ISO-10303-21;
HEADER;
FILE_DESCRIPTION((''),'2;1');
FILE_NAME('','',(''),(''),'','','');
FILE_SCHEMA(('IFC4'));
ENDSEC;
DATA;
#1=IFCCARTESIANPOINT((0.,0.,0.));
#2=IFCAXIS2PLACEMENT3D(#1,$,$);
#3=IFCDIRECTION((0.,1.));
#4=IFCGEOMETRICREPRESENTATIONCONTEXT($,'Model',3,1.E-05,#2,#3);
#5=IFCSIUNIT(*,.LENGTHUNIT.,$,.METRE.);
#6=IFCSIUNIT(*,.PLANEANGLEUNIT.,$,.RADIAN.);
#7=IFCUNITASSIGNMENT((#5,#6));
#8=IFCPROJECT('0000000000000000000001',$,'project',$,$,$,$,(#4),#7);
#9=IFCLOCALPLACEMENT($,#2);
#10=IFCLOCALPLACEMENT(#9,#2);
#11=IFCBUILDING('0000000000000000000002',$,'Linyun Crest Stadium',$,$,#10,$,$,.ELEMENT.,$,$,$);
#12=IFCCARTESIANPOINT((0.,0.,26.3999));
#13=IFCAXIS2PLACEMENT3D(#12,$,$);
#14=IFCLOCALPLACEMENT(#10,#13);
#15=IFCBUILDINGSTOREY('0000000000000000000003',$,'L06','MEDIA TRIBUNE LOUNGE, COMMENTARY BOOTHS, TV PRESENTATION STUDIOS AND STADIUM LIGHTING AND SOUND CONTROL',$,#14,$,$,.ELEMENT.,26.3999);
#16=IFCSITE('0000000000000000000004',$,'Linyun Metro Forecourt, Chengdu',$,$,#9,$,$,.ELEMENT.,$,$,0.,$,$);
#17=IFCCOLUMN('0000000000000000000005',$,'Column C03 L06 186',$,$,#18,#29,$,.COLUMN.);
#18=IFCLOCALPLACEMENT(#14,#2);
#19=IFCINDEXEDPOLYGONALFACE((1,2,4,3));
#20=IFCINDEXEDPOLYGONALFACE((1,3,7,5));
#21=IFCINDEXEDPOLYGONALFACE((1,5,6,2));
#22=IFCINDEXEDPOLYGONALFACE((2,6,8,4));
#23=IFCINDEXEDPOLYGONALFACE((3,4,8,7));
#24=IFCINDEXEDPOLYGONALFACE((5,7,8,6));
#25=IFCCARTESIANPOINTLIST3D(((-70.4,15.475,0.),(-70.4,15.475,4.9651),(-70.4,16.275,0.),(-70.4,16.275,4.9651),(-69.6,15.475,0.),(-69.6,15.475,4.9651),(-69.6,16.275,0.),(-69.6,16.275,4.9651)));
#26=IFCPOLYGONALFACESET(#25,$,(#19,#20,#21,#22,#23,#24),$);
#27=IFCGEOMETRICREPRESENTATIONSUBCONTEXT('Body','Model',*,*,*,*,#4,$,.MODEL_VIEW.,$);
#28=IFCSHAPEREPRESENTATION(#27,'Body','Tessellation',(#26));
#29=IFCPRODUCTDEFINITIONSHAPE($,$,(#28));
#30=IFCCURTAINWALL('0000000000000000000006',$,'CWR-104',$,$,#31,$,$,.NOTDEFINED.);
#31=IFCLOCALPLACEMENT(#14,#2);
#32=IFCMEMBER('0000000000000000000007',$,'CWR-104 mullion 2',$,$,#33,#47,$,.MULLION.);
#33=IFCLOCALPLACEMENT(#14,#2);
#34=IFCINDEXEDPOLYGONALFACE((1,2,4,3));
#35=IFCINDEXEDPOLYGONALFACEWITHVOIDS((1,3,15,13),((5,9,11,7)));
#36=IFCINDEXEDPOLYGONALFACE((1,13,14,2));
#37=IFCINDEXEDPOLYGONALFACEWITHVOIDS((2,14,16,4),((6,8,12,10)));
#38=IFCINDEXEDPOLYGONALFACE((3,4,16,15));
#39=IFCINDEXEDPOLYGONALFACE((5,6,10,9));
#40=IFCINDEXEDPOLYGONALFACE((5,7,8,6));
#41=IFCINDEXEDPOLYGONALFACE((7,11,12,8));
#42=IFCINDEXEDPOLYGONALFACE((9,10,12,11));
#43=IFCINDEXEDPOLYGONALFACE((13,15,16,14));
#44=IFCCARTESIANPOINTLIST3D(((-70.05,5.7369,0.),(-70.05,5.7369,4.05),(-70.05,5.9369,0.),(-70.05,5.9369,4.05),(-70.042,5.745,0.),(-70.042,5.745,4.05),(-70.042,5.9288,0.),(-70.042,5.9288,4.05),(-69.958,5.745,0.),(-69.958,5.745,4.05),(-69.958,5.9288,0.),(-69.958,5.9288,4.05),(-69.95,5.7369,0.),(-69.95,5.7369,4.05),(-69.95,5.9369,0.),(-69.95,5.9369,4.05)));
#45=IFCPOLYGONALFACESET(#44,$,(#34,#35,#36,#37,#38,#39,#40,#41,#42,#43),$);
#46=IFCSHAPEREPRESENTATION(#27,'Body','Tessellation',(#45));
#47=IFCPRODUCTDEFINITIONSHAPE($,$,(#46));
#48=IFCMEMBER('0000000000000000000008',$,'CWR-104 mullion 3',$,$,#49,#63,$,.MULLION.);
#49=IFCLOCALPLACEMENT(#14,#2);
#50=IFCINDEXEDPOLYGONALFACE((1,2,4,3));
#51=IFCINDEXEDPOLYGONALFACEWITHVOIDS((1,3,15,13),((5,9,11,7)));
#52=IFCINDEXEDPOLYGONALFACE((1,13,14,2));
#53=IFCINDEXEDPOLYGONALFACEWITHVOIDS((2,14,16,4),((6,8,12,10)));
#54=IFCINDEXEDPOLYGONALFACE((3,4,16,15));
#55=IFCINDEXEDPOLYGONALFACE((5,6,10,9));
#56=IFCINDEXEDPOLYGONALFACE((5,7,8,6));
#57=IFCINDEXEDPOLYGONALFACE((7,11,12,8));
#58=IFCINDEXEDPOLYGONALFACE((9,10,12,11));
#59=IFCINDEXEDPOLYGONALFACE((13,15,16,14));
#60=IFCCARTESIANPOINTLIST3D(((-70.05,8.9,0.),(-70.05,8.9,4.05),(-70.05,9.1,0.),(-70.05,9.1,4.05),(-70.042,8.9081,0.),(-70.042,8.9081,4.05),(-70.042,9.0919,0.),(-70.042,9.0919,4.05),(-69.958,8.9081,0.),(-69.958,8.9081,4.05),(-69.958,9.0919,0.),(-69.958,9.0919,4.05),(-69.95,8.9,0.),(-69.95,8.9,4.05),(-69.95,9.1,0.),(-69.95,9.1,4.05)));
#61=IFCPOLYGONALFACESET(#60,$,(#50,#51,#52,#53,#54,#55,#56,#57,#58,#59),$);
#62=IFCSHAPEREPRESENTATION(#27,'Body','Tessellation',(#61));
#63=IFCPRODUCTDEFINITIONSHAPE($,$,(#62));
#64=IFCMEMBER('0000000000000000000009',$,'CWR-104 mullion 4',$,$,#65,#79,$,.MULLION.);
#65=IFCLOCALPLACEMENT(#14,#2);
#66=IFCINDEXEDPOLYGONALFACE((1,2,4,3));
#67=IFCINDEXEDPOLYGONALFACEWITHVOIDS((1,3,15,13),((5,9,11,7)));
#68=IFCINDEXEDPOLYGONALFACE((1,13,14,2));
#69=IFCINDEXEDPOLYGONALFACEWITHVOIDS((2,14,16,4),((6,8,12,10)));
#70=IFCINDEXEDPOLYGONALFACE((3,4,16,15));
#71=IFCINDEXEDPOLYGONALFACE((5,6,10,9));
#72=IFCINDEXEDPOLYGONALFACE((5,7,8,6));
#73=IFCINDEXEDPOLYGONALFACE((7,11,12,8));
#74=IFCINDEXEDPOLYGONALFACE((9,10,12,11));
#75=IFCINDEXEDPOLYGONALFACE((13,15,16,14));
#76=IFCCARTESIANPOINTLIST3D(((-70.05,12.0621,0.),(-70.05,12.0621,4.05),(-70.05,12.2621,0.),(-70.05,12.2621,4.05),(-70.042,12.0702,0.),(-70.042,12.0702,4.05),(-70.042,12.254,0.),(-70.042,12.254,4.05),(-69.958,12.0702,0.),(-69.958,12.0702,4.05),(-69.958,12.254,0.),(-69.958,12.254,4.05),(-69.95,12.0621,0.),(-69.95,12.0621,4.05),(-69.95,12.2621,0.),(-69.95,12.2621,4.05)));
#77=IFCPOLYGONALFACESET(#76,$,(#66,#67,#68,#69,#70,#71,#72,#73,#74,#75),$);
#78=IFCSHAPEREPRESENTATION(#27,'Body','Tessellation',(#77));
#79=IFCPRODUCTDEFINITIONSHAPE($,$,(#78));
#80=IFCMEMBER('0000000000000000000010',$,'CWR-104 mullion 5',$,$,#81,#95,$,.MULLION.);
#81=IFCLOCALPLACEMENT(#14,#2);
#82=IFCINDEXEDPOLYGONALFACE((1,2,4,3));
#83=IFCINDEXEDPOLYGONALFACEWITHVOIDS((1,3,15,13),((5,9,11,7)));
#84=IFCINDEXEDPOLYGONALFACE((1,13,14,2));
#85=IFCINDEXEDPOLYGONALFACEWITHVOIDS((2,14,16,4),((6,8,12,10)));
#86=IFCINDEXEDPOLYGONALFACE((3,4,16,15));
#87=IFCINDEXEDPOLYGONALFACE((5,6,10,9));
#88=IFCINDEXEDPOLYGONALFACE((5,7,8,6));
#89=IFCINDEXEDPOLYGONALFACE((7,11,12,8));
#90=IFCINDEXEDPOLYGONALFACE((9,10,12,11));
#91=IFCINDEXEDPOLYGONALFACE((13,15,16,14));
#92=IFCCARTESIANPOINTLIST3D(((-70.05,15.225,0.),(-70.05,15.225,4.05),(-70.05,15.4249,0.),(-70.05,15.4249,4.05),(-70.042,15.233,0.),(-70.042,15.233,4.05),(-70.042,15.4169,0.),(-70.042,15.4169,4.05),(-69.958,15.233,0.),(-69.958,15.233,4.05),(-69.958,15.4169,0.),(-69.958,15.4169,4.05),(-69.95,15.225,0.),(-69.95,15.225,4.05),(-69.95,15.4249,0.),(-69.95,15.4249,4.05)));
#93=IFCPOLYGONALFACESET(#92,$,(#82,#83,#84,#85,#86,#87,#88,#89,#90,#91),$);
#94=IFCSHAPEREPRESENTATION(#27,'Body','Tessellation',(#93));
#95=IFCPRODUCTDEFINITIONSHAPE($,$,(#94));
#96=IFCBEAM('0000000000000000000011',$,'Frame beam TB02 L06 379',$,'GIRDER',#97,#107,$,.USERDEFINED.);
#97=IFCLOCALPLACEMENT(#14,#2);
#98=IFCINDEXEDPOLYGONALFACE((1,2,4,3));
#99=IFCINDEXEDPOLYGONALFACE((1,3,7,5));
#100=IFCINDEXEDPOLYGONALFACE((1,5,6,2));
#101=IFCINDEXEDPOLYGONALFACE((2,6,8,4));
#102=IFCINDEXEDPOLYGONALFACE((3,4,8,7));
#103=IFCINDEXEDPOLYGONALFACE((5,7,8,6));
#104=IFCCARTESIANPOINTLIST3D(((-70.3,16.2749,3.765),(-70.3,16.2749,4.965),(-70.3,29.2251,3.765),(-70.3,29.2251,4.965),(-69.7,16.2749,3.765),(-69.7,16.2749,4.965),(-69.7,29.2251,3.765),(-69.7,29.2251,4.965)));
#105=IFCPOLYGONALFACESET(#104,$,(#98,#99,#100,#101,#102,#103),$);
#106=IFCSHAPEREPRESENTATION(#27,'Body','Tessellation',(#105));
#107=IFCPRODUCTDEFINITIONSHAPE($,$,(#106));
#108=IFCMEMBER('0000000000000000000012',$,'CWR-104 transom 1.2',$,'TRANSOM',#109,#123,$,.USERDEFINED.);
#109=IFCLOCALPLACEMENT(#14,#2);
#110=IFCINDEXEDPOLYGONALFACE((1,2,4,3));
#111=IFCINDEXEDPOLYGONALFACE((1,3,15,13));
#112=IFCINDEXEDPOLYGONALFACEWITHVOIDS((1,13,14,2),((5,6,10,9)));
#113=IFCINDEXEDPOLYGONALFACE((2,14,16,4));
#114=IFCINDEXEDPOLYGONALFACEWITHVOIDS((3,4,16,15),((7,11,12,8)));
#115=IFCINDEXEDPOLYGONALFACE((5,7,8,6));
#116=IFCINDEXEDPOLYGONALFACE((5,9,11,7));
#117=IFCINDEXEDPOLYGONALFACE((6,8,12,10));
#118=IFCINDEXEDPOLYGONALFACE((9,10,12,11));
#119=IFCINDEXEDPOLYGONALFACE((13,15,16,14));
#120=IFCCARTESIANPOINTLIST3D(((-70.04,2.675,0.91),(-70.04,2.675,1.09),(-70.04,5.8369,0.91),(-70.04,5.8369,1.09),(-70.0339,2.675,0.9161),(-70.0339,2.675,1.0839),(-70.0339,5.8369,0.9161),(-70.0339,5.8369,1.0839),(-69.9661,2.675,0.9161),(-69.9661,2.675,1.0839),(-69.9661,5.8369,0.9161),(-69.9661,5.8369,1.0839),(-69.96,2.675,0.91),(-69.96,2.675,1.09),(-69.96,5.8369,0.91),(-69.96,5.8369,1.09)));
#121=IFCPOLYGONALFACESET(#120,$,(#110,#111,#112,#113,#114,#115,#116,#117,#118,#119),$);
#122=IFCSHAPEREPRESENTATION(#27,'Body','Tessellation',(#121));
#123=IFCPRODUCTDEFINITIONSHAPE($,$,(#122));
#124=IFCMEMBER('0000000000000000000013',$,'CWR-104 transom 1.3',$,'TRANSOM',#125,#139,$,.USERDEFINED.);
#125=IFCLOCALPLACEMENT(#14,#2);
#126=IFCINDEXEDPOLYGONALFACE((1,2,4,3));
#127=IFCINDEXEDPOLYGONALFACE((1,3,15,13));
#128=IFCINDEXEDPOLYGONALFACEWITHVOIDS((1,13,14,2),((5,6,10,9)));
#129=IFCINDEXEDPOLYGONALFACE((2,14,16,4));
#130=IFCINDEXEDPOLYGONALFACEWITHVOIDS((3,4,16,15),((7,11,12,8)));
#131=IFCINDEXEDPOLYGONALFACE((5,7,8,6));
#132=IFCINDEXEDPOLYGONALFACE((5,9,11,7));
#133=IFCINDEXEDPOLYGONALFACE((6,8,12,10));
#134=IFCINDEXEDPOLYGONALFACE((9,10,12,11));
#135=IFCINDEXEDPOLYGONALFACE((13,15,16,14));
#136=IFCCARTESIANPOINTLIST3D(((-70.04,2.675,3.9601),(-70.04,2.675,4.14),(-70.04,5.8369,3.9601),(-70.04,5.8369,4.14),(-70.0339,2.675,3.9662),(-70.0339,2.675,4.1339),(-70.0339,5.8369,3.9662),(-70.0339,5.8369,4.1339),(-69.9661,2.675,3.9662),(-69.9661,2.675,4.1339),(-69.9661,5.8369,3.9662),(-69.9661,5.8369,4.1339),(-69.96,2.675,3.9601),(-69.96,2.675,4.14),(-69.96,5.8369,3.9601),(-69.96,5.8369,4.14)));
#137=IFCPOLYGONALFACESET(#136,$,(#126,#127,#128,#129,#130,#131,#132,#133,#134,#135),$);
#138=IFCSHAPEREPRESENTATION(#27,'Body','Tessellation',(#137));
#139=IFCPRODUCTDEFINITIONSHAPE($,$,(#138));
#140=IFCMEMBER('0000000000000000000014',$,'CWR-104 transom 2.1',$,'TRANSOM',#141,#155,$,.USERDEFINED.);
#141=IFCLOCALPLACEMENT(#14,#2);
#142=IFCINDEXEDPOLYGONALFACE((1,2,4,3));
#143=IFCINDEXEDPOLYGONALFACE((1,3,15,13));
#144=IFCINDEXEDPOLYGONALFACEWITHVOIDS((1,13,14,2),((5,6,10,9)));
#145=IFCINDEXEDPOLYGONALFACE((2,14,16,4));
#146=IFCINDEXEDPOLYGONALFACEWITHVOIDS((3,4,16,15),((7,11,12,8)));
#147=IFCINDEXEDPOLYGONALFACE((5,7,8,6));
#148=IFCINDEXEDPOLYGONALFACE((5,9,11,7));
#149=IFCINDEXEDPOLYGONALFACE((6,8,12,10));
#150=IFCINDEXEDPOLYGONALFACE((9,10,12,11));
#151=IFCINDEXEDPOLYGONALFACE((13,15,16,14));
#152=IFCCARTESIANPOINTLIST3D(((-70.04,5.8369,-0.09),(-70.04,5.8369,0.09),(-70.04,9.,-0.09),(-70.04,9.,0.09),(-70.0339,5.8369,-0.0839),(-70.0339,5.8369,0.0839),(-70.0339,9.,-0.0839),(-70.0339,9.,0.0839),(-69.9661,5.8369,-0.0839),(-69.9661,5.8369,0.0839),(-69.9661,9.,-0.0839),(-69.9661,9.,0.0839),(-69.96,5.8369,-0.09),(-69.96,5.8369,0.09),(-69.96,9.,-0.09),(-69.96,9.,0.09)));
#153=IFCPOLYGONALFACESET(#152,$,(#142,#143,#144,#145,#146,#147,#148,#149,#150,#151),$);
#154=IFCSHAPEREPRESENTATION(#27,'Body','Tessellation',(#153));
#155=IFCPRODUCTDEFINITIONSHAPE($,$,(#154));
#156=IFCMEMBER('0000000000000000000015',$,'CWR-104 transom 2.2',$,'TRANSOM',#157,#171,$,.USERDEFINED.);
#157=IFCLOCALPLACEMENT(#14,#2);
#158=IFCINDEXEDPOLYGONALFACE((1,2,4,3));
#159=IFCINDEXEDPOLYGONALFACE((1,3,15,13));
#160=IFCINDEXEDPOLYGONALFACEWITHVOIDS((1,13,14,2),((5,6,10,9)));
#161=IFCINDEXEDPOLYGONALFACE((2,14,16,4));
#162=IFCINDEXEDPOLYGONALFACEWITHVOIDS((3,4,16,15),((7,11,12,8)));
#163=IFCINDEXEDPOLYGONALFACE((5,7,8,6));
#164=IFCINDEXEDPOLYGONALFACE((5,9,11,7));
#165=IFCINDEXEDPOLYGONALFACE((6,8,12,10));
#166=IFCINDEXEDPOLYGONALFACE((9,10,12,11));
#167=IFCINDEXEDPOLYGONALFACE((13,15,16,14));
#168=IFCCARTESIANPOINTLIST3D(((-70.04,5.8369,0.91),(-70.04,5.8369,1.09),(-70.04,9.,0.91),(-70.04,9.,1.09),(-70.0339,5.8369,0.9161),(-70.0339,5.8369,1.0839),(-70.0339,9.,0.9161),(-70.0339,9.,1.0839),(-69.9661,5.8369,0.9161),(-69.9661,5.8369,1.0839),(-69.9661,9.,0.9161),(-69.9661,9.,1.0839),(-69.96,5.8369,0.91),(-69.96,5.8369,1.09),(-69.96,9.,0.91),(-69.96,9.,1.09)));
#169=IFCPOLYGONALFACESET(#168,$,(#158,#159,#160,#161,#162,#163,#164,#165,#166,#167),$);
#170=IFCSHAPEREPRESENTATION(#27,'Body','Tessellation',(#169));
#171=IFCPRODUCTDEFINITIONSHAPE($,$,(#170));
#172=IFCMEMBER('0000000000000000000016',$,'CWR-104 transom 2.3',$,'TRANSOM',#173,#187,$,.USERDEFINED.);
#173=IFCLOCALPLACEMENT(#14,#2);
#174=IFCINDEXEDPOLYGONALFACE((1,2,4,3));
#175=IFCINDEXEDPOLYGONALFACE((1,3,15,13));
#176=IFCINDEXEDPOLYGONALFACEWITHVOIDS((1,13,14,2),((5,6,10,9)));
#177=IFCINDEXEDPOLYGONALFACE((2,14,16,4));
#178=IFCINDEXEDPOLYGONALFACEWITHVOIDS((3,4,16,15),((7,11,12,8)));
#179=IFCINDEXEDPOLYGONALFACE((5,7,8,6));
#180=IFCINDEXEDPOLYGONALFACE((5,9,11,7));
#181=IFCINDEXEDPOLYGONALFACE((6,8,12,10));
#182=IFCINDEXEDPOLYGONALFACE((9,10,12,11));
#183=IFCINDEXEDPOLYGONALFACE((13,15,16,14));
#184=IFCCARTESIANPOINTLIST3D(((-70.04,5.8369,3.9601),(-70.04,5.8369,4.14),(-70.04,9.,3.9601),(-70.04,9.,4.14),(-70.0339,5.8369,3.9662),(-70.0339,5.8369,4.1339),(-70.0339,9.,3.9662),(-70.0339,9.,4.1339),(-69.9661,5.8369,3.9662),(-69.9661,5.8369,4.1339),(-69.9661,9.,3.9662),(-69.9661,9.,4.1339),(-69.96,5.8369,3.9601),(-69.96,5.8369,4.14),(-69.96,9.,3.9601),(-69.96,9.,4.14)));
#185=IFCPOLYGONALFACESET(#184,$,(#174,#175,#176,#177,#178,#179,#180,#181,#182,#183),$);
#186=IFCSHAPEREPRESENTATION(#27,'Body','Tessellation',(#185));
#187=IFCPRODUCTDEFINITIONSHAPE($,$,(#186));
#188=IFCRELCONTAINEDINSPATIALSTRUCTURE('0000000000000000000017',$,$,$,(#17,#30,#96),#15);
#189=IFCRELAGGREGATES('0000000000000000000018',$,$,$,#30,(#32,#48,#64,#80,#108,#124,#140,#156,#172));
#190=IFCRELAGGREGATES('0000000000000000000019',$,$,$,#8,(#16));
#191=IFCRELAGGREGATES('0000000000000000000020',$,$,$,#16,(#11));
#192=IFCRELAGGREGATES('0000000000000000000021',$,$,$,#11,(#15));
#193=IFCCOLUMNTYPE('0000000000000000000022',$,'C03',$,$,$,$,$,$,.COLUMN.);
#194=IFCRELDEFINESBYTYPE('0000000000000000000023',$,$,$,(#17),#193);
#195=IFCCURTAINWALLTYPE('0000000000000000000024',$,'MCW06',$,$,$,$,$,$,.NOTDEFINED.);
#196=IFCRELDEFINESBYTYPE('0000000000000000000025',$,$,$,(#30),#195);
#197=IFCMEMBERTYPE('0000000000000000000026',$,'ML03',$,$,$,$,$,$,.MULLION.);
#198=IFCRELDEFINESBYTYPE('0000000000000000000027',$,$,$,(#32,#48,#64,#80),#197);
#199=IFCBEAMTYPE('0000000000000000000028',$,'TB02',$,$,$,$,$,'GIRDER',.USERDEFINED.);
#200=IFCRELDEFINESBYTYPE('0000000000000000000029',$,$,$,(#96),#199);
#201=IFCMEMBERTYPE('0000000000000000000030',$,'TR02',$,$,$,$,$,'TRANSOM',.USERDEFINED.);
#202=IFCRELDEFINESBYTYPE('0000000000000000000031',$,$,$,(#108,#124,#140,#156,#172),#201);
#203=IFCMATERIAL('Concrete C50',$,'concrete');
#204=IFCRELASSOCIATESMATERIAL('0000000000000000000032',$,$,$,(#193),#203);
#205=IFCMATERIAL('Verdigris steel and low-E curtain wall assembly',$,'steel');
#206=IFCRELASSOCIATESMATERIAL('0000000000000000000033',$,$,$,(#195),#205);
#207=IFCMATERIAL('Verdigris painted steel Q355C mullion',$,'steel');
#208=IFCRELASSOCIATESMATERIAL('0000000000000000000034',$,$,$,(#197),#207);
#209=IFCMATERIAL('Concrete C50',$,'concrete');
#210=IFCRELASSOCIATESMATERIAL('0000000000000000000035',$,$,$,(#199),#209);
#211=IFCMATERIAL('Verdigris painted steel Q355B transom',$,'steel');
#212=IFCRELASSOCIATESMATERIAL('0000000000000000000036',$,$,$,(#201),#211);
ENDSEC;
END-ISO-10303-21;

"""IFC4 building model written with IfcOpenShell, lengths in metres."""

from ifc_helpers import new_model, si_unit, direction, frame, origin, origin_2d, place, context, subcontext, project, spatial, rectangle, hollow_rectangle, extrude, material, material_profile, profile_set, type_object, element, aggregate, save


model = new_model("IFC4")

# Units and contexts
model_context = context("Model", 3, precision=1e-05, world=origin(), true_north=direction((0.0, 1.0)))
body_context = subcontext(model_context, "Body", "Model", "MODEL_VIEW")
ifc_project = project(units=[si_unit("LENGTHUNIT", "METRE"), si_unit("PLANEANGLEUNIT", "RADIAN")], contexts=[model_context])

# Site, building, storey
site_placement = place(None, origin())
site = spatial("IfcSite", under=ifc_project, at=site_placement, Name="Linyun Metro Forecourt, Chengdu", CompositionType="ELEMENT", RefElevation=0.0)
building_placement = place(site_placement, origin())
building = spatial("IfcBuilding", under=site, at=building_placement, Name="Linyun Crest Stadium", CompositionType="ELEMENT")
storey_placement = place(building_placement, frame((0.0, 0.0, 26.3999)))
storey = spatial("IfcBuildingStorey", under=building, at=storey_placement, Name="L06", Description="MEDIA TRIBUNE LOUNGE, COMMENTARY BOOTHS, TV PRESENTATION STUDIOS AND STADIUM LIGHTING AND SOUND CONTROL", CompositionType="ELEMENT", Elevation=26.3999)

# Column
ifc_material_1 = material(Name="Concrete C50", Category="concrete")
ifc_material_profile_1 = material_profile(ifc_material_1, rectangle(XDim=0.8, YDim=0.8, at=origin_2d()), Name="RC 800x800")
ifc_profile_set_1 = profile_set([ifc_material_profile_1], Name="Concrete C50")
column_type = type_object("IfcColumnType", Name="C03", PredefinedType="COLUMN", material=ifc_profile_set_1)
column_placement = place(storey_placement, frame((-70.0, 15.875, 0.0), z_axis=(0.0, 0.0, 1.0), x_axis=(1.0, 0.0, 0.0)))
element("IfcColumn", 1, at=column_placement, inside=storey, type_object=column_type, Name="Column C03 L06 186", PredefinedType="COLUMN", context=body_context, shape_type="SweptSolid", body=[
    extrude(rectangle(XDim=0.8, YDim=0.8, at=origin_2d()), origin(), (0.0, 0.0, 1.0), 4.9651),
])

# Curtain wall, members
ifc_material_2 = material(Name="Verdigris steel and low-E curtain wall assembly", Category="steel")
curtain_wall_type = type_object("IfcCurtainWallType", Name="MCW06", PredefinedType="NOTDEFINED", material=ifc_material_2)
curtain_wall_placement = place(storey_placement, origin())
curtain_wall = element("IfcCurtainWall", 2, at=curtain_wall_placement, inside=storey, type_object=curtain_wall_type, Name="CWR-104", PredefinedType="NOTDEFINED")
ifc_material_3 = material(Name="Verdigris painted steel Q355C mullion", Category="steel")
ifc_material_profile_2 = material_profile(ifc_material_3, hollow_rectangle(XDim=0.1001, YDim=0.2, WallThickness=0.0081, at=origin_2d()), Name="RHS 200x100x8")
ifc_profile_set_2 = profile_set([ifc_material_profile_2], Name="Verdigris painted steel Q355C mullion")
member_type_1 = type_object("IfcMemberType", Name="ML03", PredefinedType="MULLION", material=ifc_profile_set_2)
member_1_placement = place(storey_placement, frame((-70.0, 5.8369, 0.0), z_axis=(0.0, 0.0, 1.0), x_axis=(-1.0, 0.0, 0.0)))
member_1 = element("IfcMember", 3, at=member_1_placement, type_object=member_type_1, Name="CWR-104 mullion 2", PredefinedType="MULLION", context=body_context, shape_type="SweptSolid", body=[
    extrude(hollow_rectangle(XDim=0.1001, YDim=0.2, WallThickness=0.0081, at=origin_2d()), origin(), (0.0, 0.0, 1.0), 4.05),
])
member_2_placement = place(storey_placement, frame((-70.0, 9.0, 0.0), z_axis=(0.0, 0.0, 1.0), x_axis=(-1.0, 0.0, 0.0)))
member_2 = element("IfcMember", 4, at=member_2_placement, type_object=member_type_1, Name="CWR-104 mullion 3", PredefinedType="MULLION", context=body_context, shape_type="SweptSolid", body=[
    extrude(hollow_rectangle(XDim=0.1001, YDim=0.2, WallThickness=0.0081, at=origin_2d()), origin(), (0.0, 0.0, 1.0), 4.05),
])
member_3_placement = place(storey_placement, frame((-70.0, 12.1621, 0.0), z_axis=(0.0, 0.0, 1.0), x_axis=(-1.0, 0.0, 0.0)))
member_3 = element("IfcMember", 5, at=member_3_placement, type_object=member_type_1, Name="CWR-104 mullion 4", PredefinedType="MULLION", context=body_context, shape_type="SweptSolid", body=[
    extrude(hollow_rectangle(XDim=0.1001, YDim=0.2, WallThickness=0.0081, at=origin_2d()), origin(), (0.0, 0.0, 1.0), 4.05),
])
member_4_placement = place(storey_placement, frame((-70.0, 15.325, 0.0), z_axis=(0.0, 0.0, 1.0), x_axis=(-1.0, 0.0, 0.0)))
member_4 = element("IfcMember", 6, at=member_4_placement, type_object=member_type_1, Name="CWR-104 mullion 5", PredefinedType="MULLION", context=body_context, shape_type="SweptSolid", body=[
    extrude(hollow_rectangle(XDim=0.1001, YDim=0.2, WallThickness=0.0081, at=origin_2d()), origin(), (0.0, 0.0, 1.0), 4.05),
])

# Beam
ifc_material_4 = material(Name="Concrete C50", Category="concrete")
ifc_material_profile_3 = material_profile(ifc_material_4, rectangle(XDim=0.6001, YDim=1.2, at=origin_2d()), Name="RCB 1200x600")
ifc_profile_set_3 = profile_set([ifc_material_profile_3], Name="Concrete C50")
beam_type = type_object("IfcBeamType", Name="TB02", ElementType="GIRDER", PredefinedType="USERDEFINED", material=ifc_profile_set_3)
beam_placement = place(storey_placement, frame((-70.0, 16.2749, 4.365), z_axis=(0.0, 1.0, 0.0), x_axis=(-1.0, 0.0, 0.0)))
element("IfcBeam", 7, at=beam_placement, inside=storey, type_object=beam_type, Name="Frame beam TB02 L06 379", ObjectType="GIRDER", PredefinedType="USERDEFINED", context=body_context, shape_type="SweptSolid", body=[
    extrude(rectangle(XDim=0.6001, YDim=1.2, at=origin_2d()), origin(), (0.0, 0.0, 1.0), 12.9502),
])

# Members
ifc_material_5 = material(Name="Verdigris painted steel Q355B transom", Category="steel")
ifc_material_profile_4 = material_profile(ifc_material_5, hollow_rectangle(XDim=0.0801, YDim=0.1799, WallThickness=0.0061, at=origin_2d()), Name="RHS 180x80x6")
ifc_profile_set_4 = profile_set([ifc_material_profile_4], Name="Verdigris painted steel Q355B transom")
member_type_2 = type_object("IfcMemberType", Name="TR02", ElementType="TRANSOM", PredefinedType="USERDEFINED", material=ifc_profile_set_4)
member_5_placement = place(storey_placement, frame((-70.0, 2.675, 1.0), z_axis=(0.0, 1.0, 0.0), x_axis=(-1.0, 0.0, 0.0)))
member_5 = element("IfcMember", 8, at=member_5_placement, type_object=member_type_2, Name="CWR-104 transom 1.2", ObjectType="TRANSOM", PredefinedType="USERDEFINED", context=body_context, shape_type="SweptSolid", body=[
    extrude(hollow_rectangle(XDim=0.0801, YDim=0.1799, WallThickness=0.0061, at=origin_2d()), origin(), (0.0, 0.0, 1.0), 3.1619),
])
member_6_placement = place(storey_placement, frame((-70.0, 2.675, 4.05), z_axis=(0.0, 1.0, 0.0), x_axis=(-1.0, 0.0, 0.0)))
member_6 = element("IfcMember", 9, at=member_6_placement, type_object=member_type_2, Name="CWR-104 transom 1.3", ObjectType="TRANSOM", PredefinedType="USERDEFINED", context=body_context, shape_type="SweptSolid", body=[
    extrude(hollow_rectangle(XDim=0.0801, YDim=0.1799, WallThickness=0.0061, at=origin_2d()), origin(), (0.0, 0.0, 1.0), 3.1619),
])
member_7_placement = place(storey_placement, frame((-70.0, 5.8369, 0.0), z_axis=(0.0, 1.0, 0.0), x_axis=(-1.0, 0.0, 0.0)))
member_7 = element("IfcMember", 10, at=member_7_placement, type_object=member_type_2, Name="CWR-104 transom 2.1", ObjectType="TRANSOM", PredefinedType="USERDEFINED", context=body_context, shape_type="SweptSolid", body=[
    extrude(hollow_rectangle(XDim=0.0801, YDim=0.1799, WallThickness=0.0061, at=origin_2d()), origin(), (0.0, 0.0, 1.0), 3.1631),
])
member_8_placement = place(storey_placement, frame((-70.0, 5.8369, 1.0), z_axis=(0.0, 1.0, 0.0), x_axis=(-1.0, 0.0, 0.0)))
member_8 = element("IfcMember", 11, at=member_8_placement, type_object=member_type_2, Name="CWR-104 transom 2.2", ObjectType="TRANSOM", PredefinedType="USERDEFINED", context=body_context, shape_type="SweptSolid", body=[
    extrude(hollow_rectangle(XDim=0.0801, YDim=0.1799, WallThickness=0.0061, at=origin_2d()), origin(), (0.0, 0.0, 1.0), 3.1631),
])
member_9_placement = place(storey_placement, frame((-70.0, 5.8369, 4.05), z_axis=(0.0, 1.0, 0.0), x_axis=(-1.0, 0.0, 0.0)))
member_9 = element("IfcMember", 12, at=member_9_placement, type_object=member_type_2, Name="CWR-104 transom 2.3", ObjectType="TRANSOM", PredefinedType="USERDEFINED", context=body_context, shape_type="SweptSolid", body=[
    extrude(hollow_rectangle(XDim=0.0801, YDim=0.1799, WallThickness=0.0061, at=origin_2d()), origin(), (0.0, 0.0, 1.0), 3.1631),
])

aggregate(curtain_wall, [member_1, member_2, member_3, member_4, member_5, member_6, member_7, member_8, member_9])

save(model, "model.ifc")
